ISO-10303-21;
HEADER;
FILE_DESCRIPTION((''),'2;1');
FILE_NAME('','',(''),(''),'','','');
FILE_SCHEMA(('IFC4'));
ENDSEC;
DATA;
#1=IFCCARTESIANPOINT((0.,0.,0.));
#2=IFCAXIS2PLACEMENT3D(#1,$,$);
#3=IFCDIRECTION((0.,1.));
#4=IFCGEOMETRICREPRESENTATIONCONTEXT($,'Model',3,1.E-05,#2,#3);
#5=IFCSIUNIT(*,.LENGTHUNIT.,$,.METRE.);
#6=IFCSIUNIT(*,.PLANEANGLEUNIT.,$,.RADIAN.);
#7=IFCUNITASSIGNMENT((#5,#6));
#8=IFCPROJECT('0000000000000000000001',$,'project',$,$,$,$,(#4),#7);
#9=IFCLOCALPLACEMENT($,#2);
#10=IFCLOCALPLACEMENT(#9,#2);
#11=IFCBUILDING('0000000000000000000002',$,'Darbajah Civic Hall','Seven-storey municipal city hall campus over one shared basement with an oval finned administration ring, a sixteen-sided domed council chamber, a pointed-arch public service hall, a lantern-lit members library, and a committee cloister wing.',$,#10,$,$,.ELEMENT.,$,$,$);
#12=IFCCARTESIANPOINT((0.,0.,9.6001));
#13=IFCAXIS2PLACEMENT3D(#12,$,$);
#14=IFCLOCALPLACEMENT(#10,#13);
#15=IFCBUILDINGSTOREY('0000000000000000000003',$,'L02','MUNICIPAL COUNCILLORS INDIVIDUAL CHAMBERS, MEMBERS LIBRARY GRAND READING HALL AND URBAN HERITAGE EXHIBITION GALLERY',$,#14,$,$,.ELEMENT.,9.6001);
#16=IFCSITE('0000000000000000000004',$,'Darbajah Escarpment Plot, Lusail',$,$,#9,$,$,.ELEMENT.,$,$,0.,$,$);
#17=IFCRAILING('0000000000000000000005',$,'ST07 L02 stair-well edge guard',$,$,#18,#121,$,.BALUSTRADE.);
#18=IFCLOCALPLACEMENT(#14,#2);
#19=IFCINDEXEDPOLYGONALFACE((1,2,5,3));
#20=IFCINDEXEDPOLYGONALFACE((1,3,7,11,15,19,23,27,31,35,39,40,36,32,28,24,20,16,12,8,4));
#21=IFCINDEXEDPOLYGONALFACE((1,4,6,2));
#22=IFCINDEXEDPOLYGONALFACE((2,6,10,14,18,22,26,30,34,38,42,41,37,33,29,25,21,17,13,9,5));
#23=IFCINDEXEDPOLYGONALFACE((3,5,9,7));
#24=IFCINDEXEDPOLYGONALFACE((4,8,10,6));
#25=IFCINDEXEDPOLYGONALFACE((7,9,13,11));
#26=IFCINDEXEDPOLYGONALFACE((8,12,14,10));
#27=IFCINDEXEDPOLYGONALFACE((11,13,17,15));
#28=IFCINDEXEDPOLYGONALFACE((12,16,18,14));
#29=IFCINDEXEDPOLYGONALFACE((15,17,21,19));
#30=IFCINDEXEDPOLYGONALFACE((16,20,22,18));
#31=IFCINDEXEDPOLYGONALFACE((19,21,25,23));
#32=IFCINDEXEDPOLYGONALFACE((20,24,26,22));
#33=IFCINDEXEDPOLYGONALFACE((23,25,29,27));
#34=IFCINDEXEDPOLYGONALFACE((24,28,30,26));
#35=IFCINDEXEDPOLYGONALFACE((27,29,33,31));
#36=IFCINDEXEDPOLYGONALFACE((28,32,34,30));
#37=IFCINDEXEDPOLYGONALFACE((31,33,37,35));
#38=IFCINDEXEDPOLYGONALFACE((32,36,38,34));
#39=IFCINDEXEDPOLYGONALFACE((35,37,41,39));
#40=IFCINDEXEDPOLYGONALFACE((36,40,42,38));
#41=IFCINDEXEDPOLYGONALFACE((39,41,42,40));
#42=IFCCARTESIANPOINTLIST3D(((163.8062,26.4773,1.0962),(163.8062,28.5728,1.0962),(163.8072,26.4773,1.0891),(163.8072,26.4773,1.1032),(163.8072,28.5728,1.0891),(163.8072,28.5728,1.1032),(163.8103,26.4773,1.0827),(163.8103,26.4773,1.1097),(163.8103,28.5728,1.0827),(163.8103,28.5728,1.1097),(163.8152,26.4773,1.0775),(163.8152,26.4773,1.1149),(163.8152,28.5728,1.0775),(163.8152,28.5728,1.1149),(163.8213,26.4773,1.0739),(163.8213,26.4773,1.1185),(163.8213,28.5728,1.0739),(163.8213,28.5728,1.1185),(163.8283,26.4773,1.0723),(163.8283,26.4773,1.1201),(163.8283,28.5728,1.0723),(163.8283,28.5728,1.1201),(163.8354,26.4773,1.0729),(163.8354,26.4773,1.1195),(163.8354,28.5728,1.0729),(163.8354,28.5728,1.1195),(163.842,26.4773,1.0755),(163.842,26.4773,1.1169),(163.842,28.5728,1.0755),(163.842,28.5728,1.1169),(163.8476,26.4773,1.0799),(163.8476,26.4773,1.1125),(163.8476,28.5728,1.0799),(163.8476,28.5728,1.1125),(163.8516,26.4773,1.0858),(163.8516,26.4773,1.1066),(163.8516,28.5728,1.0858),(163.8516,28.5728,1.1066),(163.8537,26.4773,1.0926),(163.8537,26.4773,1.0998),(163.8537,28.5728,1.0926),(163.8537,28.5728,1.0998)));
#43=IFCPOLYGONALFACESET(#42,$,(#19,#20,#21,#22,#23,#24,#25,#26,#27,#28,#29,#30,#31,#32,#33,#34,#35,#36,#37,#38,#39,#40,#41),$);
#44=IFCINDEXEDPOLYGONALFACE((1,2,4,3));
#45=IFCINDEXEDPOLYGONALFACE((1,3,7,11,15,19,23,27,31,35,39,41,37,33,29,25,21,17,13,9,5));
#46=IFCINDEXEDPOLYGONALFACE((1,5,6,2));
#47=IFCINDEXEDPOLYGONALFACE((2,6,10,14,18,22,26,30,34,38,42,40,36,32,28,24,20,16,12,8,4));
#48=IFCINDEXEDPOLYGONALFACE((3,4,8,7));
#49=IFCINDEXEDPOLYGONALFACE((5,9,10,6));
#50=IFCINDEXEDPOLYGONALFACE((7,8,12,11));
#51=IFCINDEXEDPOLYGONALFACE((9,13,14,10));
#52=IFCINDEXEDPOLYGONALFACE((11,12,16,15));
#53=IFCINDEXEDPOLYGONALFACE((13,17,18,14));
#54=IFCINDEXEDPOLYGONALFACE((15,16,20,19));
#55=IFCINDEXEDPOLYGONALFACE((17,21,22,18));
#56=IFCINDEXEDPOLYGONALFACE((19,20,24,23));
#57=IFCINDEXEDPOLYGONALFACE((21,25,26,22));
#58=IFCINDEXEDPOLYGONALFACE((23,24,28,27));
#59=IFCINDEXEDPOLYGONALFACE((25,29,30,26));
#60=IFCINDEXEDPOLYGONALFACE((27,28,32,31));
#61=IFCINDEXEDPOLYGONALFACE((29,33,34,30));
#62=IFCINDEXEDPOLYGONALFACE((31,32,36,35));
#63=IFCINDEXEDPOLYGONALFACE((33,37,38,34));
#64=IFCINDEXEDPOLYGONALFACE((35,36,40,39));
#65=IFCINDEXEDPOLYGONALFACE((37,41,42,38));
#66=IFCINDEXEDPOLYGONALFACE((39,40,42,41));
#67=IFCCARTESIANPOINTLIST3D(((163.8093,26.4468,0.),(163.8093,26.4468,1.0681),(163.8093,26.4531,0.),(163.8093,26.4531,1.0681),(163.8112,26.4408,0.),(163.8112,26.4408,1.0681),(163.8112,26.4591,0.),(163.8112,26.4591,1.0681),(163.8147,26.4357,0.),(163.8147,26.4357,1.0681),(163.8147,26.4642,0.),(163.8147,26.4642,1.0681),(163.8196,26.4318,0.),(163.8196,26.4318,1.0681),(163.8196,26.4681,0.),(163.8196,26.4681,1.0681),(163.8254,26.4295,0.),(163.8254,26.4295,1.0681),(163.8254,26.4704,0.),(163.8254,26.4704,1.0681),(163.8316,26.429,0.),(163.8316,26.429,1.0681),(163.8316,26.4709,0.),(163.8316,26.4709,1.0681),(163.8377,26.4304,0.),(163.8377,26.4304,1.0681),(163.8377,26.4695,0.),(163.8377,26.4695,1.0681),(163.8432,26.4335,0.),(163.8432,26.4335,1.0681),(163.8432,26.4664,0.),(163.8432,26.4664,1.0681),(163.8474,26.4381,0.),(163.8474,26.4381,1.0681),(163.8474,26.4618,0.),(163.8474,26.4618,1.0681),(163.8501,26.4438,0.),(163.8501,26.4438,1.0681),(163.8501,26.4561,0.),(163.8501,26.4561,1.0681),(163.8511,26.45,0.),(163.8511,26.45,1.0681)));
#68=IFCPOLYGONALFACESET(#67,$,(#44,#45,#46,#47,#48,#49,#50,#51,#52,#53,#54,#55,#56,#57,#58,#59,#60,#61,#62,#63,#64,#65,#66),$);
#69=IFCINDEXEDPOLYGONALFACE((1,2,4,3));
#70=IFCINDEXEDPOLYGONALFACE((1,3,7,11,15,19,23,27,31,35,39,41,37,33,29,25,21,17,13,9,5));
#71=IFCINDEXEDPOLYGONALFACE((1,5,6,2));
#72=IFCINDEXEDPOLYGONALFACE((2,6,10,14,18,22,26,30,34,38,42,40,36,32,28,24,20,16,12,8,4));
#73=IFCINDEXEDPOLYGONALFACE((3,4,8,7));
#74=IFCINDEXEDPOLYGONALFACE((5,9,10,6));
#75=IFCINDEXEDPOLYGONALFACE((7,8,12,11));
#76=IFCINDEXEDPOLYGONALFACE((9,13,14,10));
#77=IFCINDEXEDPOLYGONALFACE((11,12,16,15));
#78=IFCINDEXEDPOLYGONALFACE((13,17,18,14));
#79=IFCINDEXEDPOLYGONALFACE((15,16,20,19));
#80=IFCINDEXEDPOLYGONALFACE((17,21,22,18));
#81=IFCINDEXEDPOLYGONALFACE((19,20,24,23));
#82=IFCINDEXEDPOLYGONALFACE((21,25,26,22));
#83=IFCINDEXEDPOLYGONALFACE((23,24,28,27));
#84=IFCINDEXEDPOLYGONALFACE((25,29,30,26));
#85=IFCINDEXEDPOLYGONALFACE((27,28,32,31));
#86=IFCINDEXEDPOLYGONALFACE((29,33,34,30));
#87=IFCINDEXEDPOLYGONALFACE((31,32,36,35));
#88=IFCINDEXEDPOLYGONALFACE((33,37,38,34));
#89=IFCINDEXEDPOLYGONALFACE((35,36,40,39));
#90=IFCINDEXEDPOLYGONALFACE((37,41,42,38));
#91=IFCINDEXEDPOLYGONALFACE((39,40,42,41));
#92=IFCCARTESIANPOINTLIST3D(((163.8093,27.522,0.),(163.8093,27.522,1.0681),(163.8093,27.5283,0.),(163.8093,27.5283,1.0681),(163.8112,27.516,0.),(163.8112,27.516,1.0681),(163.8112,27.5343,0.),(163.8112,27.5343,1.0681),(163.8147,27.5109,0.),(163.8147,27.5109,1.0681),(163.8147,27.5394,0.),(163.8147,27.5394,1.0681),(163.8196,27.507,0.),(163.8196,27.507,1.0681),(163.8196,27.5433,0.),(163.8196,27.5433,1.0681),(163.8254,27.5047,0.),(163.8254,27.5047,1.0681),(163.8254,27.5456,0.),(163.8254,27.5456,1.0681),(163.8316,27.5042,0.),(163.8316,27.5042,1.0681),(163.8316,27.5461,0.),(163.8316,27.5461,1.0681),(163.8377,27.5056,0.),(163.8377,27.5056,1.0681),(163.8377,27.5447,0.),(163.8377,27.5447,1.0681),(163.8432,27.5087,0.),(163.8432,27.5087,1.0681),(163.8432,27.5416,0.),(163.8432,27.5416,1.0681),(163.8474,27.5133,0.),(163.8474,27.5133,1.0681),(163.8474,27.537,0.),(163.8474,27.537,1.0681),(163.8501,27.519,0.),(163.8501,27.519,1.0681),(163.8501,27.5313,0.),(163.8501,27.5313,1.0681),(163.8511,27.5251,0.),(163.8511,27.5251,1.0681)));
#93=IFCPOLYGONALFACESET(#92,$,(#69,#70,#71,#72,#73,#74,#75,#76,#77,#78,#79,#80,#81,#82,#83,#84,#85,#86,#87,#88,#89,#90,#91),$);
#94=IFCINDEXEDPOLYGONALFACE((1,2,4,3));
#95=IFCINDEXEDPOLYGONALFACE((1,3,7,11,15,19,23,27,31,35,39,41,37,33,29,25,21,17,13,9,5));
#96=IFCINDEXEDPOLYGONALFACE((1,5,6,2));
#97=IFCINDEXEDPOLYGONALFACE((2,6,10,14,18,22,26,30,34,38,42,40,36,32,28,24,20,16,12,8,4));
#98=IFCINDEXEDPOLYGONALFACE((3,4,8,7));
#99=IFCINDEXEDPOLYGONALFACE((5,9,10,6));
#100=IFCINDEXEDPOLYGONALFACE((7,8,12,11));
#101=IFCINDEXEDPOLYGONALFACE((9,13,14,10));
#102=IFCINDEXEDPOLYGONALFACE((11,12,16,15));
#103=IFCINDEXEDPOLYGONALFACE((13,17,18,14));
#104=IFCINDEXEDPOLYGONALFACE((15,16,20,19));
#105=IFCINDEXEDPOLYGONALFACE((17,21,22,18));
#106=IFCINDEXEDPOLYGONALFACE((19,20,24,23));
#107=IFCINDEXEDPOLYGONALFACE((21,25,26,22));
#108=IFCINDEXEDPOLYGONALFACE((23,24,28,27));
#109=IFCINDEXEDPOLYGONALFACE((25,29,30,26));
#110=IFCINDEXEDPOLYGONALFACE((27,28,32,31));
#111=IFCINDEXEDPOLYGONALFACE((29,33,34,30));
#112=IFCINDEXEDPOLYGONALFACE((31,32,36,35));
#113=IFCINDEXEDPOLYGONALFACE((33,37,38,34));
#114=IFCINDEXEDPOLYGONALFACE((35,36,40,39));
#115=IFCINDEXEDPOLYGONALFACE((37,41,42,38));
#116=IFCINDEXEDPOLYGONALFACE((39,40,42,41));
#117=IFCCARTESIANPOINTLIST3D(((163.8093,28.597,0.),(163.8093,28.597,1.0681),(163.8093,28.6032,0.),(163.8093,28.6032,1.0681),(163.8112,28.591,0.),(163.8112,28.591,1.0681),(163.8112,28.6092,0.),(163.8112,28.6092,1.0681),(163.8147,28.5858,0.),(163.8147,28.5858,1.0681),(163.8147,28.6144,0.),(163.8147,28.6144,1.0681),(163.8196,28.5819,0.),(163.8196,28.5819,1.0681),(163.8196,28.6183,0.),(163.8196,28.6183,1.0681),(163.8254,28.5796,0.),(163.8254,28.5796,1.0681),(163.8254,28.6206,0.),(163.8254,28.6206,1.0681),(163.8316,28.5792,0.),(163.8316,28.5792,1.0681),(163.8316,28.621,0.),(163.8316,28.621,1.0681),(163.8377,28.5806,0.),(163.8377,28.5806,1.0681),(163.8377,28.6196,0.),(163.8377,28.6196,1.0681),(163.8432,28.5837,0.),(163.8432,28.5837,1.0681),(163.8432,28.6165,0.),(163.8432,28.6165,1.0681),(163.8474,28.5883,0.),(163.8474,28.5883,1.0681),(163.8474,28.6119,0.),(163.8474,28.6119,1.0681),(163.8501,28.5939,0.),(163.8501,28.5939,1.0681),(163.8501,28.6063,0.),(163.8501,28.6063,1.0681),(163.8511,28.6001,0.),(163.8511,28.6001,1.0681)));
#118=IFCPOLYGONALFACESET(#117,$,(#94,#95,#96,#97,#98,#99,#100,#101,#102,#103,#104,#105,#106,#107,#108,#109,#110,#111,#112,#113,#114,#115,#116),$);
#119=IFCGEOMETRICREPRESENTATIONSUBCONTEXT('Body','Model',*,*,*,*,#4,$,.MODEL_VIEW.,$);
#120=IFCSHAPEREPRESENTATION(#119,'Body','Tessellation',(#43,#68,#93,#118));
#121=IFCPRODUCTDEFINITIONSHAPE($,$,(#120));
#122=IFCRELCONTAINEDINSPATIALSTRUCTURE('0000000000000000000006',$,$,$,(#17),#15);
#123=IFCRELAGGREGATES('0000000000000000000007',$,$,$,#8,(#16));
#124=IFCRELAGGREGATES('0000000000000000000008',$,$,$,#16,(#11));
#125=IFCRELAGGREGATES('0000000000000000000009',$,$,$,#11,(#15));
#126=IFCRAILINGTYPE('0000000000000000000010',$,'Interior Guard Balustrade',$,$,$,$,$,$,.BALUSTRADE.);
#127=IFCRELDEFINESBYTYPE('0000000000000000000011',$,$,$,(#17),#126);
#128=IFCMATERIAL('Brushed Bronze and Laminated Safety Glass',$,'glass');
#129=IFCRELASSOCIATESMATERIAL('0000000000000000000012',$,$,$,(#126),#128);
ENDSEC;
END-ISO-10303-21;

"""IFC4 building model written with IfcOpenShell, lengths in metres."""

from ifc_helpers import new_model, si_unit, direction, frame, origin, origin_2d, place, context, subcontext, project, spatial, circle, extrude, material, type_object, element, save


model = new_model("IFC4")

# Units and contexts
model_context = context("Model", 3, precision=1e-05, world=origin(), true_north=direction((0.0, 1.0)))
body_context = subcontext(model_context, "Body", "Model", "MODEL_VIEW")
ifc_project = project(units=[si_unit("LENGTHUNIT", "METRE"), si_unit("PLANEANGLEUNIT", "RADIAN")], contexts=[model_context])

# Site, building, storey
site_placement = place(None, origin())
site = spatial("IfcSite", under=ifc_project, at=site_placement, Name="Darbajah Escarpment Plot, Lusail", CompositionType="ELEMENT", RefElevation=0.0)
building_placement = place(site_placement, origin())
building = spatial("IfcBuilding", under=site, at=building_placement, Name="Darbajah Civic Hall", Description="Seven-storey municipal city hall campus over one shared basement with an oval finned administration ring, a sixteen-sided domed council chamber, a pointed-arch public service hall, a lantern-lit members library, and a committee cloister wing.", CompositionType="ELEMENT")
storey_placement = place(building_placement, frame((0.0, 0.0, 9.6001)))
storey = spatial("IfcBuildingStorey", under=building, at=storey_placement, Name="L02", Description="MUNICIPAL COUNCILLORS INDIVIDUAL CHAMBERS, MEMBERS LIBRARY GRAND READING HALL AND URBAN HERITAGE EXHIBITION GALLERY", CompositionType="ELEMENT", Elevation=9.6001)

# Railing
ifc_material_1 = material(Name="Brushed Bronze and Laminated Safety Glass", Category="glass")
railing_type = type_object("IfcRailingType", Name="Interior Guard Balustrade", PredefinedType="BALUSTRADE", material=ifc_material_1)
railing_1_placement = place(storey_placement, frame((163.8301, 26.45, 0.0)))
element("IfcRailing", 1, at=railing_1_placement, inside=storey, type_object=railing_type, Name="ST07 L02 stair-well edge guard", PredefinedType="BALUSTRADE", context=body_context, shape_type="SweptSolid", body=[
    extrude(circle(Radius=0.0239, at=origin_2d()), frame((0.0, 0.0273, 1.0962), z_axis=(0.0, 1.0, 0.0), x_axis=(-1.0, 0.0, 0.0)), (0.0, 0.0, 1.0), 2.0955),
    extrude(circle(Radius=0.021, at=origin_2d()), origin(), (0.0, 0.0, 1.0), 1.0681),
    extrude(circle(Radius=0.021, at=origin_2d()), frame((0.0, 1.0752, 0.0)), (0.0, 0.0, 1.0), 1.0681),
    extrude(circle(Radius=0.021, at=origin_2d()), frame((0.0, 2.1501, 0.0)), (0.0, 0.0, 1.0), 1.0681),
])

save(model, "model.ifc")
